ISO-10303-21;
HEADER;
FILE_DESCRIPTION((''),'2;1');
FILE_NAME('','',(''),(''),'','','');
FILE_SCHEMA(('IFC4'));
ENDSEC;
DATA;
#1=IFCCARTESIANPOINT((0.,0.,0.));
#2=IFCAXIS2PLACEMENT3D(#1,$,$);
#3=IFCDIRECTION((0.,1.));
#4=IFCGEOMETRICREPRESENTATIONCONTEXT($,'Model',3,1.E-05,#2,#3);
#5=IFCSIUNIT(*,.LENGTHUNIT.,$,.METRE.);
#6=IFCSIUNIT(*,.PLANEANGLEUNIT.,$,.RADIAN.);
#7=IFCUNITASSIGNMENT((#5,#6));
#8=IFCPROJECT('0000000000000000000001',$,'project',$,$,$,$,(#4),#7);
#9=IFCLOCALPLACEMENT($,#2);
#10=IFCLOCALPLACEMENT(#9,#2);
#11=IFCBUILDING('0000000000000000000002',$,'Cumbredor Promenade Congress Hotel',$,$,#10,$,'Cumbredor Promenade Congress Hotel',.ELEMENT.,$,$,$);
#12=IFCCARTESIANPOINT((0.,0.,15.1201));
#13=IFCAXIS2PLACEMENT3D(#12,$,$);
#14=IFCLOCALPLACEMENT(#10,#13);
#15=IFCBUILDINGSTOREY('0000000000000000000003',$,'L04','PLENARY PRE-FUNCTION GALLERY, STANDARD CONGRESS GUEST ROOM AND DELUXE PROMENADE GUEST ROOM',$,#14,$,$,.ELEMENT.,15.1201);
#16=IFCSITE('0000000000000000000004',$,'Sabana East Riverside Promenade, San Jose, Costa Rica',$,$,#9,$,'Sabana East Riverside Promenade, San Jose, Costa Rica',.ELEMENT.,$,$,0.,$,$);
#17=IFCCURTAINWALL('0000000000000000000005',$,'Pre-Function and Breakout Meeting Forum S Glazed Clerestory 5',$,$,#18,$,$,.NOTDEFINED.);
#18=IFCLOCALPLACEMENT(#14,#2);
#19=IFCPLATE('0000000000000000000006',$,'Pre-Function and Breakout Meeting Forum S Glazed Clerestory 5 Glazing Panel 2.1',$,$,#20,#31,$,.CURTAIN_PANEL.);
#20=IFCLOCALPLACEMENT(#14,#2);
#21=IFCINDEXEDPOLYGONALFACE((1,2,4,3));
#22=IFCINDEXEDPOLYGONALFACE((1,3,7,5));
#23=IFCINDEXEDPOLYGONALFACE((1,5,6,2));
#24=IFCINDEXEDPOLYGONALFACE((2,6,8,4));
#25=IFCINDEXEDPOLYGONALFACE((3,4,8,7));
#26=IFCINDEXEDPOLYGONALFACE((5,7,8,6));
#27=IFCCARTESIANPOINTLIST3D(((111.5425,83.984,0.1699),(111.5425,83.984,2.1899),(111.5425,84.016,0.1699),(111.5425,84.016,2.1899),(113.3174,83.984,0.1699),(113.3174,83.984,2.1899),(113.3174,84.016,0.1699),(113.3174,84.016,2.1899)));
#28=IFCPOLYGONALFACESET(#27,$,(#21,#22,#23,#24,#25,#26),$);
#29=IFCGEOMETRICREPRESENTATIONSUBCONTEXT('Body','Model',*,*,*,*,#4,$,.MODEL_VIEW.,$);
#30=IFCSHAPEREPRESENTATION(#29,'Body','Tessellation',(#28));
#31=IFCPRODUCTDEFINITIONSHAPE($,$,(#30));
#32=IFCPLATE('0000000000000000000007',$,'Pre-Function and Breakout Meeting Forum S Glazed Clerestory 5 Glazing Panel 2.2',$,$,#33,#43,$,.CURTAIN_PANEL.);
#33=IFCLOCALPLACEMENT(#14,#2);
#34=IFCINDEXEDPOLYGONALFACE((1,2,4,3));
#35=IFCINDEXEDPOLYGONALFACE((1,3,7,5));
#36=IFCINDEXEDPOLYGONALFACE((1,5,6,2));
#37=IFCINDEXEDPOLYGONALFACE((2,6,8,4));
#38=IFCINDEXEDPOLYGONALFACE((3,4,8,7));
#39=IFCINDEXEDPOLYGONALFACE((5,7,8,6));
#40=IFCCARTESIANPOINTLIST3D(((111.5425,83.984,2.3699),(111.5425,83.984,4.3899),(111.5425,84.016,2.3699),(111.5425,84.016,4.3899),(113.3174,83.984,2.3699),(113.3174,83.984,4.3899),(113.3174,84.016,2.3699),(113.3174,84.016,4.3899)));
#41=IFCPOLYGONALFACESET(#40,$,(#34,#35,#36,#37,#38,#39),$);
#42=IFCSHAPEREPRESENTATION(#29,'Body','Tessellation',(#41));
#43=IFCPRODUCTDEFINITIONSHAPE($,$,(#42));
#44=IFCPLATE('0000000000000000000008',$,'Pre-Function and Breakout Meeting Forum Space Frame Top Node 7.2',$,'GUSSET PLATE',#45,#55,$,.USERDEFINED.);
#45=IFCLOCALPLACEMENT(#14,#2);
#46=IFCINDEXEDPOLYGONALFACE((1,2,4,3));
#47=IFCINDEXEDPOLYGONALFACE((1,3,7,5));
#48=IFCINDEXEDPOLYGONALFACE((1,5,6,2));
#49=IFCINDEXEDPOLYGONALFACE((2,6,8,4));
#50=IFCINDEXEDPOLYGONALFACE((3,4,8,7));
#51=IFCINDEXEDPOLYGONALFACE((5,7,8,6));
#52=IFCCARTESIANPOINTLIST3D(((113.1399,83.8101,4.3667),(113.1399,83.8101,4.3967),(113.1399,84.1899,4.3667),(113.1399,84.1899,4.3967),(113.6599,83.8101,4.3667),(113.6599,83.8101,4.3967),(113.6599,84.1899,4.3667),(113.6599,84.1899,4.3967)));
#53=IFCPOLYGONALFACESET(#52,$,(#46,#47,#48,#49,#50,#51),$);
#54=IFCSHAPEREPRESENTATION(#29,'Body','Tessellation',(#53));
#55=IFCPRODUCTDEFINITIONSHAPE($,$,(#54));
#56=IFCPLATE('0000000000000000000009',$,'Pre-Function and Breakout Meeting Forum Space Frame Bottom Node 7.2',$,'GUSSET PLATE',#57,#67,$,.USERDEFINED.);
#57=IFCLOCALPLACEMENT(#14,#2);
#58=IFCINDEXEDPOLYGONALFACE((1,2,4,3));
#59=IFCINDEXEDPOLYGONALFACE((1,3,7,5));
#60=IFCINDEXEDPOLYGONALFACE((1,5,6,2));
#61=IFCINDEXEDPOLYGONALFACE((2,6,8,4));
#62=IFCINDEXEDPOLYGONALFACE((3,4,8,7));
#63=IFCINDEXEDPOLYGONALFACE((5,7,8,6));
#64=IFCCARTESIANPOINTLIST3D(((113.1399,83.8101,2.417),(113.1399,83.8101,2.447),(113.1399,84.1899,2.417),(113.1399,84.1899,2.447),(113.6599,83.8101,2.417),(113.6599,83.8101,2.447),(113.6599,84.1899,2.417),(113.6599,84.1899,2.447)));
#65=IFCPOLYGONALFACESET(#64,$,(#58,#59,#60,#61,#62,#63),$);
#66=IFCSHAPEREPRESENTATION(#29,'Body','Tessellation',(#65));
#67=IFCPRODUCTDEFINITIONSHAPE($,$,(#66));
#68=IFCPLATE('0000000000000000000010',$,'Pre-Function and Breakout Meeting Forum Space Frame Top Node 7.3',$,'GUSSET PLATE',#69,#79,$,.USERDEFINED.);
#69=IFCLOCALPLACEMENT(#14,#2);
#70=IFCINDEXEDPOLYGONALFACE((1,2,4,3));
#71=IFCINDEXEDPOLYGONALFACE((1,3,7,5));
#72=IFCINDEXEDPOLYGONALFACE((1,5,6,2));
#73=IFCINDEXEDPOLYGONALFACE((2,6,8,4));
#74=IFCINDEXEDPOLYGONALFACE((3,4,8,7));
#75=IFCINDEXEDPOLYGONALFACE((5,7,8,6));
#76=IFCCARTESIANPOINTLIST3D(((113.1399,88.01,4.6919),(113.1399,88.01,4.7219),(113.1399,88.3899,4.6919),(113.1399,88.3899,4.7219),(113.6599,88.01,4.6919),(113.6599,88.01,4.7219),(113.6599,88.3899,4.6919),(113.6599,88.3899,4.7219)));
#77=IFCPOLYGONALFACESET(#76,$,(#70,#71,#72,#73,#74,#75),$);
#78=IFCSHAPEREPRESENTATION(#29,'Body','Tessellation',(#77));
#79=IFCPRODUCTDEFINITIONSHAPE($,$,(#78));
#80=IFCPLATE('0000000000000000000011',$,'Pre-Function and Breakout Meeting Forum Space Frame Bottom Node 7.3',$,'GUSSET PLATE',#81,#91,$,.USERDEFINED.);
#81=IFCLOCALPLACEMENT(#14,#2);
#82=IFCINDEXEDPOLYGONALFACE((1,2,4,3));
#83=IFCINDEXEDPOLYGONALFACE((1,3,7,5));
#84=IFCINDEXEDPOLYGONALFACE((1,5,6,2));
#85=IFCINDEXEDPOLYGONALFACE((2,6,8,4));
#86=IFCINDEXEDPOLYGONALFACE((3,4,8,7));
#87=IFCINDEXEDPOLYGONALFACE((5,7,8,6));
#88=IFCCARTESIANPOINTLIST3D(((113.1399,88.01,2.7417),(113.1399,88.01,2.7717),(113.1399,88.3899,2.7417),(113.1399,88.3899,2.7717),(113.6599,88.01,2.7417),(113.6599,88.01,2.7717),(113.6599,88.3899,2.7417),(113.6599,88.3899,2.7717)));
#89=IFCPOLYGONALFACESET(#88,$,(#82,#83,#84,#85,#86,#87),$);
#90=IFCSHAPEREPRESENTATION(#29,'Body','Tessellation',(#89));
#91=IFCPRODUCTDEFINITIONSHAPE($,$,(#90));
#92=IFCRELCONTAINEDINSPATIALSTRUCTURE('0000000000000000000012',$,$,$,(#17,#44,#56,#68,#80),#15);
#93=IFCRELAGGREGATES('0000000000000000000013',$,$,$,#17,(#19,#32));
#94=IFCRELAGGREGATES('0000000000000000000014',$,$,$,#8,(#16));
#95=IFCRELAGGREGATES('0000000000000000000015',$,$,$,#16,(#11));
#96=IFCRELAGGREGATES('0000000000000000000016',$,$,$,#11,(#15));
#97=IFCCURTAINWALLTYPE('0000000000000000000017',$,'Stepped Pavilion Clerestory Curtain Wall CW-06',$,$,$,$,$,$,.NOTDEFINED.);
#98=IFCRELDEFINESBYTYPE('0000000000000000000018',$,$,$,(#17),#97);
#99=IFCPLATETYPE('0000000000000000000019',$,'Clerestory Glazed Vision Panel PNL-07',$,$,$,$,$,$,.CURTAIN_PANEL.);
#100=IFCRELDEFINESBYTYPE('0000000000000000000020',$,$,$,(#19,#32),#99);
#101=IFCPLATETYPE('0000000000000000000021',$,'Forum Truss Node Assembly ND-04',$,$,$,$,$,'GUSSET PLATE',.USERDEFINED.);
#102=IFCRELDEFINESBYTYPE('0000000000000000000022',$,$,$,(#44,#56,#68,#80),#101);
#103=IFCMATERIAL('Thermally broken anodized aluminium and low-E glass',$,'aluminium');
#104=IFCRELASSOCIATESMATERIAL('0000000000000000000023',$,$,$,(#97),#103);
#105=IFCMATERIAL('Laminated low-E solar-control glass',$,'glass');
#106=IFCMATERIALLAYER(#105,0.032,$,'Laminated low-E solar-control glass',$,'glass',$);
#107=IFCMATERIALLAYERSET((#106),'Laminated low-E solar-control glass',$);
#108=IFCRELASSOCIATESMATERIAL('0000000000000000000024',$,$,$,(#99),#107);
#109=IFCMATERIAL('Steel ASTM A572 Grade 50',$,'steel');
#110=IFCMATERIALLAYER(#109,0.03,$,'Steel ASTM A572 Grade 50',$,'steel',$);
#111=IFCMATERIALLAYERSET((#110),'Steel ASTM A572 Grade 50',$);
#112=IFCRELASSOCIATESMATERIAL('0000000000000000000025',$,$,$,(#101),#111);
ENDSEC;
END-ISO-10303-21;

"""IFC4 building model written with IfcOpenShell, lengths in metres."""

from ifc_helpers import new_model, si_unit, direction, frame, origin, origin_2d, place, context, subcontext, project, spatial, rectangle, extrude, material, layer, layer_set, type_object, element, aggregate, save


model = new_model("IFC4")

# Units and contexts
model_context = context("Model", 3, precision=1e-05, world=origin(), true_north=direction((0.0, 1.0)))
body_context = subcontext(model_context, "Body", "Model", "MODEL_VIEW")
ifc_project = project(units=[si_unit("LENGTHUNIT", "METRE"), si_unit("PLANEANGLEUNIT", "RADIAN")], contexts=[model_context])

# Site, building, storey
site_placement = place(None, origin())
site = spatial("IfcSite", under=ifc_project, at=site_placement, Name="Sabana East Riverside Promenade, San Jose, Costa Rica", LongName="Sabana East Riverside Promenade, San Jose, Costa Rica", CompositionType="ELEMENT", RefElevation=0.0)
building_placement = place(site_placement, origin())
building = spatial("IfcBuilding", under=site, at=building_placement, Name="Cumbredor Promenade Congress Hotel", LongName="Cumbredor Promenade Congress Hotel", CompositionType="ELEMENT")
storey_placement = place(building_placement, frame((0.0, 0.0, 15.1201)))
storey = spatial("IfcBuildingStorey", under=building, at=storey_placement, Name="L04", Description="PLENARY PRE-FUNCTION GALLERY, STANDARD CONGRESS GUEST ROOM AND DELUXE PROMENADE GUEST ROOM", CompositionType="ELEMENT", Elevation=15.1201)

# Curtain wall
ifc_material_1 = material(Name="Thermally broken anodized aluminium and low-E glass", Category="aluminium")
curtain_wall_type = type_object("IfcCurtainWallType", Name="Stepped Pavilion Clerestory Curtain Wall CW-06", PredefinedType="NOTDEFINED", material=ifc_material_1)
curtain_wall_1_placement = place(storey_placement, origin())
curtain_wall_1 = element("IfcCurtainWall", 1, at=curtain_wall_1_placement, inside=storey, type_object=curtain_wall_type, Name="Pre-Function and Breakout Meeting Forum S Glazed Clerestory 5", PredefinedType="NOTDEFINED")

# Plates
ifc_material_2 = material(Name="Laminated low-E solar-control glass", Category="glass")
ifc_layer_1 = layer(ifc_material_2, 0.032, Name="Laminated low-E solar-control glass", Category="glass")
ifc_layer_set_1 = layer_set([ifc_layer_1], Name="Laminated low-E solar-control glass")
plate_type_1 = type_object("IfcPlateType", Name="Clerestory Glazed Vision Panel PNL-07", PredefinedType="CURTAIN_PANEL", material=ifc_layer_set_1)
plate_1_placement = place(storey_placement, frame((112.4299, 84.0, 0.1699), z_axis=(0.0, 0.0, 1.0), x_axis=(1.0, 0.0, 0.0)))
plate_1 = element("IfcPlate", 2, at=plate_1_placement, type_object=plate_type_1, Name="Pre-Function and Breakout Meeting Forum S Glazed Clerestory 5 Glazing Panel 2.1", PredefinedType="CURTAIN_PANEL", context=body_context, shape_type="SweptSolid", body=[
    extrude(rectangle(XDim=1.7749, YDim=0.032, at=origin_2d()), origin(), (0.0, 0.0, 1.0), 2.02),
])
plate_2_placement = place(storey_placement, frame((112.4299, 84.0, 2.3699), z_axis=(0.0, 0.0, 1.0), x_axis=(1.0, 0.0, 0.0)))
plate_2 = element("IfcPlate", 3, at=plate_2_placement, type_object=plate_type_1, Name="Pre-Function and Breakout Meeting Forum S Glazed Clerestory 5 Glazing Panel 2.2", PredefinedType="CURTAIN_PANEL", context=body_context, shape_type="SweptSolid", body=[
    extrude(rectangle(XDim=1.7749, YDim=0.032, at=origin_2d()), origin(), (0.0, 0.0, 1.0), 2.02),
])
aggregate(curtain_wall_1, [plate_1, plate_2])

# Plates
ifc_material_3 = material(Name="Steel ASTM A572 Grade 50", Category="steel")
ifc_layer_2 = layer(ifc_material_3, 0.03, Name="Steel ASTM A572 Grade 50", Category="steel")
ifc_layer_set_2 = layer_set([ifc_layer_2], Name="Steel ASTM A572 Grade 50")
plate_type_2 = type_object("IfcPlateType", Name="Forum Truss Node Assembly ND-04", ElementType="GUSSET PLATE", PredefinedType="USERDEFINED", material=ifc_layer_set_2)
for number, where, z_axis, x_axis, name in (
    (4, (113.3999, 84.0, 4.3667), (0.0, 0.0, 1.0), (1.0, 0.0, 0.0), "Pre-Function and Breakout Meeting Forum Space Frame Top Node 7.2"),
    (5, (113.3999, 84.0, 2.417), (0.0, 0.0, 1.0), (1.0, 0.0, 0.0), "Pre-Function and Breakout Meeting Forum Space Frame Bottom Node 7.2"),
    (6, (113.3999, 88.2, 4.6919), (0.0, 0.0, 1.0), (1.0, 0.0, 0.0), "Pre-Function and Breakout Meeting Forum Space Frame Top Node 7.3"),
    (7, (113.3999, 88.2, 2.7417), (0.0, 0.0, 1.0), (1.0, 0.0, 0.0), "Pre-Function and Breakout Meeting Forum Space Frame Bottom Node 7.3"),
):
    element("IfcPlate", number, at=place(storey_placement, frame(where, z_axis=z_axis, x_axis=x_axis)), inside=storey, type_object=plate_type_2, Name=name, ObjectType="GUSSET PLATE", PredefinedType="USERDEFINED", context=body_context, shape_type="SweptSolid", body=[
        extrude(rectangle(XDim=0.52, YDim=0.3799, at=origin_2d()), origin(), (0.0, 0.0, 1.0), 0.03),
    ])

save(model, "model.ifc")
